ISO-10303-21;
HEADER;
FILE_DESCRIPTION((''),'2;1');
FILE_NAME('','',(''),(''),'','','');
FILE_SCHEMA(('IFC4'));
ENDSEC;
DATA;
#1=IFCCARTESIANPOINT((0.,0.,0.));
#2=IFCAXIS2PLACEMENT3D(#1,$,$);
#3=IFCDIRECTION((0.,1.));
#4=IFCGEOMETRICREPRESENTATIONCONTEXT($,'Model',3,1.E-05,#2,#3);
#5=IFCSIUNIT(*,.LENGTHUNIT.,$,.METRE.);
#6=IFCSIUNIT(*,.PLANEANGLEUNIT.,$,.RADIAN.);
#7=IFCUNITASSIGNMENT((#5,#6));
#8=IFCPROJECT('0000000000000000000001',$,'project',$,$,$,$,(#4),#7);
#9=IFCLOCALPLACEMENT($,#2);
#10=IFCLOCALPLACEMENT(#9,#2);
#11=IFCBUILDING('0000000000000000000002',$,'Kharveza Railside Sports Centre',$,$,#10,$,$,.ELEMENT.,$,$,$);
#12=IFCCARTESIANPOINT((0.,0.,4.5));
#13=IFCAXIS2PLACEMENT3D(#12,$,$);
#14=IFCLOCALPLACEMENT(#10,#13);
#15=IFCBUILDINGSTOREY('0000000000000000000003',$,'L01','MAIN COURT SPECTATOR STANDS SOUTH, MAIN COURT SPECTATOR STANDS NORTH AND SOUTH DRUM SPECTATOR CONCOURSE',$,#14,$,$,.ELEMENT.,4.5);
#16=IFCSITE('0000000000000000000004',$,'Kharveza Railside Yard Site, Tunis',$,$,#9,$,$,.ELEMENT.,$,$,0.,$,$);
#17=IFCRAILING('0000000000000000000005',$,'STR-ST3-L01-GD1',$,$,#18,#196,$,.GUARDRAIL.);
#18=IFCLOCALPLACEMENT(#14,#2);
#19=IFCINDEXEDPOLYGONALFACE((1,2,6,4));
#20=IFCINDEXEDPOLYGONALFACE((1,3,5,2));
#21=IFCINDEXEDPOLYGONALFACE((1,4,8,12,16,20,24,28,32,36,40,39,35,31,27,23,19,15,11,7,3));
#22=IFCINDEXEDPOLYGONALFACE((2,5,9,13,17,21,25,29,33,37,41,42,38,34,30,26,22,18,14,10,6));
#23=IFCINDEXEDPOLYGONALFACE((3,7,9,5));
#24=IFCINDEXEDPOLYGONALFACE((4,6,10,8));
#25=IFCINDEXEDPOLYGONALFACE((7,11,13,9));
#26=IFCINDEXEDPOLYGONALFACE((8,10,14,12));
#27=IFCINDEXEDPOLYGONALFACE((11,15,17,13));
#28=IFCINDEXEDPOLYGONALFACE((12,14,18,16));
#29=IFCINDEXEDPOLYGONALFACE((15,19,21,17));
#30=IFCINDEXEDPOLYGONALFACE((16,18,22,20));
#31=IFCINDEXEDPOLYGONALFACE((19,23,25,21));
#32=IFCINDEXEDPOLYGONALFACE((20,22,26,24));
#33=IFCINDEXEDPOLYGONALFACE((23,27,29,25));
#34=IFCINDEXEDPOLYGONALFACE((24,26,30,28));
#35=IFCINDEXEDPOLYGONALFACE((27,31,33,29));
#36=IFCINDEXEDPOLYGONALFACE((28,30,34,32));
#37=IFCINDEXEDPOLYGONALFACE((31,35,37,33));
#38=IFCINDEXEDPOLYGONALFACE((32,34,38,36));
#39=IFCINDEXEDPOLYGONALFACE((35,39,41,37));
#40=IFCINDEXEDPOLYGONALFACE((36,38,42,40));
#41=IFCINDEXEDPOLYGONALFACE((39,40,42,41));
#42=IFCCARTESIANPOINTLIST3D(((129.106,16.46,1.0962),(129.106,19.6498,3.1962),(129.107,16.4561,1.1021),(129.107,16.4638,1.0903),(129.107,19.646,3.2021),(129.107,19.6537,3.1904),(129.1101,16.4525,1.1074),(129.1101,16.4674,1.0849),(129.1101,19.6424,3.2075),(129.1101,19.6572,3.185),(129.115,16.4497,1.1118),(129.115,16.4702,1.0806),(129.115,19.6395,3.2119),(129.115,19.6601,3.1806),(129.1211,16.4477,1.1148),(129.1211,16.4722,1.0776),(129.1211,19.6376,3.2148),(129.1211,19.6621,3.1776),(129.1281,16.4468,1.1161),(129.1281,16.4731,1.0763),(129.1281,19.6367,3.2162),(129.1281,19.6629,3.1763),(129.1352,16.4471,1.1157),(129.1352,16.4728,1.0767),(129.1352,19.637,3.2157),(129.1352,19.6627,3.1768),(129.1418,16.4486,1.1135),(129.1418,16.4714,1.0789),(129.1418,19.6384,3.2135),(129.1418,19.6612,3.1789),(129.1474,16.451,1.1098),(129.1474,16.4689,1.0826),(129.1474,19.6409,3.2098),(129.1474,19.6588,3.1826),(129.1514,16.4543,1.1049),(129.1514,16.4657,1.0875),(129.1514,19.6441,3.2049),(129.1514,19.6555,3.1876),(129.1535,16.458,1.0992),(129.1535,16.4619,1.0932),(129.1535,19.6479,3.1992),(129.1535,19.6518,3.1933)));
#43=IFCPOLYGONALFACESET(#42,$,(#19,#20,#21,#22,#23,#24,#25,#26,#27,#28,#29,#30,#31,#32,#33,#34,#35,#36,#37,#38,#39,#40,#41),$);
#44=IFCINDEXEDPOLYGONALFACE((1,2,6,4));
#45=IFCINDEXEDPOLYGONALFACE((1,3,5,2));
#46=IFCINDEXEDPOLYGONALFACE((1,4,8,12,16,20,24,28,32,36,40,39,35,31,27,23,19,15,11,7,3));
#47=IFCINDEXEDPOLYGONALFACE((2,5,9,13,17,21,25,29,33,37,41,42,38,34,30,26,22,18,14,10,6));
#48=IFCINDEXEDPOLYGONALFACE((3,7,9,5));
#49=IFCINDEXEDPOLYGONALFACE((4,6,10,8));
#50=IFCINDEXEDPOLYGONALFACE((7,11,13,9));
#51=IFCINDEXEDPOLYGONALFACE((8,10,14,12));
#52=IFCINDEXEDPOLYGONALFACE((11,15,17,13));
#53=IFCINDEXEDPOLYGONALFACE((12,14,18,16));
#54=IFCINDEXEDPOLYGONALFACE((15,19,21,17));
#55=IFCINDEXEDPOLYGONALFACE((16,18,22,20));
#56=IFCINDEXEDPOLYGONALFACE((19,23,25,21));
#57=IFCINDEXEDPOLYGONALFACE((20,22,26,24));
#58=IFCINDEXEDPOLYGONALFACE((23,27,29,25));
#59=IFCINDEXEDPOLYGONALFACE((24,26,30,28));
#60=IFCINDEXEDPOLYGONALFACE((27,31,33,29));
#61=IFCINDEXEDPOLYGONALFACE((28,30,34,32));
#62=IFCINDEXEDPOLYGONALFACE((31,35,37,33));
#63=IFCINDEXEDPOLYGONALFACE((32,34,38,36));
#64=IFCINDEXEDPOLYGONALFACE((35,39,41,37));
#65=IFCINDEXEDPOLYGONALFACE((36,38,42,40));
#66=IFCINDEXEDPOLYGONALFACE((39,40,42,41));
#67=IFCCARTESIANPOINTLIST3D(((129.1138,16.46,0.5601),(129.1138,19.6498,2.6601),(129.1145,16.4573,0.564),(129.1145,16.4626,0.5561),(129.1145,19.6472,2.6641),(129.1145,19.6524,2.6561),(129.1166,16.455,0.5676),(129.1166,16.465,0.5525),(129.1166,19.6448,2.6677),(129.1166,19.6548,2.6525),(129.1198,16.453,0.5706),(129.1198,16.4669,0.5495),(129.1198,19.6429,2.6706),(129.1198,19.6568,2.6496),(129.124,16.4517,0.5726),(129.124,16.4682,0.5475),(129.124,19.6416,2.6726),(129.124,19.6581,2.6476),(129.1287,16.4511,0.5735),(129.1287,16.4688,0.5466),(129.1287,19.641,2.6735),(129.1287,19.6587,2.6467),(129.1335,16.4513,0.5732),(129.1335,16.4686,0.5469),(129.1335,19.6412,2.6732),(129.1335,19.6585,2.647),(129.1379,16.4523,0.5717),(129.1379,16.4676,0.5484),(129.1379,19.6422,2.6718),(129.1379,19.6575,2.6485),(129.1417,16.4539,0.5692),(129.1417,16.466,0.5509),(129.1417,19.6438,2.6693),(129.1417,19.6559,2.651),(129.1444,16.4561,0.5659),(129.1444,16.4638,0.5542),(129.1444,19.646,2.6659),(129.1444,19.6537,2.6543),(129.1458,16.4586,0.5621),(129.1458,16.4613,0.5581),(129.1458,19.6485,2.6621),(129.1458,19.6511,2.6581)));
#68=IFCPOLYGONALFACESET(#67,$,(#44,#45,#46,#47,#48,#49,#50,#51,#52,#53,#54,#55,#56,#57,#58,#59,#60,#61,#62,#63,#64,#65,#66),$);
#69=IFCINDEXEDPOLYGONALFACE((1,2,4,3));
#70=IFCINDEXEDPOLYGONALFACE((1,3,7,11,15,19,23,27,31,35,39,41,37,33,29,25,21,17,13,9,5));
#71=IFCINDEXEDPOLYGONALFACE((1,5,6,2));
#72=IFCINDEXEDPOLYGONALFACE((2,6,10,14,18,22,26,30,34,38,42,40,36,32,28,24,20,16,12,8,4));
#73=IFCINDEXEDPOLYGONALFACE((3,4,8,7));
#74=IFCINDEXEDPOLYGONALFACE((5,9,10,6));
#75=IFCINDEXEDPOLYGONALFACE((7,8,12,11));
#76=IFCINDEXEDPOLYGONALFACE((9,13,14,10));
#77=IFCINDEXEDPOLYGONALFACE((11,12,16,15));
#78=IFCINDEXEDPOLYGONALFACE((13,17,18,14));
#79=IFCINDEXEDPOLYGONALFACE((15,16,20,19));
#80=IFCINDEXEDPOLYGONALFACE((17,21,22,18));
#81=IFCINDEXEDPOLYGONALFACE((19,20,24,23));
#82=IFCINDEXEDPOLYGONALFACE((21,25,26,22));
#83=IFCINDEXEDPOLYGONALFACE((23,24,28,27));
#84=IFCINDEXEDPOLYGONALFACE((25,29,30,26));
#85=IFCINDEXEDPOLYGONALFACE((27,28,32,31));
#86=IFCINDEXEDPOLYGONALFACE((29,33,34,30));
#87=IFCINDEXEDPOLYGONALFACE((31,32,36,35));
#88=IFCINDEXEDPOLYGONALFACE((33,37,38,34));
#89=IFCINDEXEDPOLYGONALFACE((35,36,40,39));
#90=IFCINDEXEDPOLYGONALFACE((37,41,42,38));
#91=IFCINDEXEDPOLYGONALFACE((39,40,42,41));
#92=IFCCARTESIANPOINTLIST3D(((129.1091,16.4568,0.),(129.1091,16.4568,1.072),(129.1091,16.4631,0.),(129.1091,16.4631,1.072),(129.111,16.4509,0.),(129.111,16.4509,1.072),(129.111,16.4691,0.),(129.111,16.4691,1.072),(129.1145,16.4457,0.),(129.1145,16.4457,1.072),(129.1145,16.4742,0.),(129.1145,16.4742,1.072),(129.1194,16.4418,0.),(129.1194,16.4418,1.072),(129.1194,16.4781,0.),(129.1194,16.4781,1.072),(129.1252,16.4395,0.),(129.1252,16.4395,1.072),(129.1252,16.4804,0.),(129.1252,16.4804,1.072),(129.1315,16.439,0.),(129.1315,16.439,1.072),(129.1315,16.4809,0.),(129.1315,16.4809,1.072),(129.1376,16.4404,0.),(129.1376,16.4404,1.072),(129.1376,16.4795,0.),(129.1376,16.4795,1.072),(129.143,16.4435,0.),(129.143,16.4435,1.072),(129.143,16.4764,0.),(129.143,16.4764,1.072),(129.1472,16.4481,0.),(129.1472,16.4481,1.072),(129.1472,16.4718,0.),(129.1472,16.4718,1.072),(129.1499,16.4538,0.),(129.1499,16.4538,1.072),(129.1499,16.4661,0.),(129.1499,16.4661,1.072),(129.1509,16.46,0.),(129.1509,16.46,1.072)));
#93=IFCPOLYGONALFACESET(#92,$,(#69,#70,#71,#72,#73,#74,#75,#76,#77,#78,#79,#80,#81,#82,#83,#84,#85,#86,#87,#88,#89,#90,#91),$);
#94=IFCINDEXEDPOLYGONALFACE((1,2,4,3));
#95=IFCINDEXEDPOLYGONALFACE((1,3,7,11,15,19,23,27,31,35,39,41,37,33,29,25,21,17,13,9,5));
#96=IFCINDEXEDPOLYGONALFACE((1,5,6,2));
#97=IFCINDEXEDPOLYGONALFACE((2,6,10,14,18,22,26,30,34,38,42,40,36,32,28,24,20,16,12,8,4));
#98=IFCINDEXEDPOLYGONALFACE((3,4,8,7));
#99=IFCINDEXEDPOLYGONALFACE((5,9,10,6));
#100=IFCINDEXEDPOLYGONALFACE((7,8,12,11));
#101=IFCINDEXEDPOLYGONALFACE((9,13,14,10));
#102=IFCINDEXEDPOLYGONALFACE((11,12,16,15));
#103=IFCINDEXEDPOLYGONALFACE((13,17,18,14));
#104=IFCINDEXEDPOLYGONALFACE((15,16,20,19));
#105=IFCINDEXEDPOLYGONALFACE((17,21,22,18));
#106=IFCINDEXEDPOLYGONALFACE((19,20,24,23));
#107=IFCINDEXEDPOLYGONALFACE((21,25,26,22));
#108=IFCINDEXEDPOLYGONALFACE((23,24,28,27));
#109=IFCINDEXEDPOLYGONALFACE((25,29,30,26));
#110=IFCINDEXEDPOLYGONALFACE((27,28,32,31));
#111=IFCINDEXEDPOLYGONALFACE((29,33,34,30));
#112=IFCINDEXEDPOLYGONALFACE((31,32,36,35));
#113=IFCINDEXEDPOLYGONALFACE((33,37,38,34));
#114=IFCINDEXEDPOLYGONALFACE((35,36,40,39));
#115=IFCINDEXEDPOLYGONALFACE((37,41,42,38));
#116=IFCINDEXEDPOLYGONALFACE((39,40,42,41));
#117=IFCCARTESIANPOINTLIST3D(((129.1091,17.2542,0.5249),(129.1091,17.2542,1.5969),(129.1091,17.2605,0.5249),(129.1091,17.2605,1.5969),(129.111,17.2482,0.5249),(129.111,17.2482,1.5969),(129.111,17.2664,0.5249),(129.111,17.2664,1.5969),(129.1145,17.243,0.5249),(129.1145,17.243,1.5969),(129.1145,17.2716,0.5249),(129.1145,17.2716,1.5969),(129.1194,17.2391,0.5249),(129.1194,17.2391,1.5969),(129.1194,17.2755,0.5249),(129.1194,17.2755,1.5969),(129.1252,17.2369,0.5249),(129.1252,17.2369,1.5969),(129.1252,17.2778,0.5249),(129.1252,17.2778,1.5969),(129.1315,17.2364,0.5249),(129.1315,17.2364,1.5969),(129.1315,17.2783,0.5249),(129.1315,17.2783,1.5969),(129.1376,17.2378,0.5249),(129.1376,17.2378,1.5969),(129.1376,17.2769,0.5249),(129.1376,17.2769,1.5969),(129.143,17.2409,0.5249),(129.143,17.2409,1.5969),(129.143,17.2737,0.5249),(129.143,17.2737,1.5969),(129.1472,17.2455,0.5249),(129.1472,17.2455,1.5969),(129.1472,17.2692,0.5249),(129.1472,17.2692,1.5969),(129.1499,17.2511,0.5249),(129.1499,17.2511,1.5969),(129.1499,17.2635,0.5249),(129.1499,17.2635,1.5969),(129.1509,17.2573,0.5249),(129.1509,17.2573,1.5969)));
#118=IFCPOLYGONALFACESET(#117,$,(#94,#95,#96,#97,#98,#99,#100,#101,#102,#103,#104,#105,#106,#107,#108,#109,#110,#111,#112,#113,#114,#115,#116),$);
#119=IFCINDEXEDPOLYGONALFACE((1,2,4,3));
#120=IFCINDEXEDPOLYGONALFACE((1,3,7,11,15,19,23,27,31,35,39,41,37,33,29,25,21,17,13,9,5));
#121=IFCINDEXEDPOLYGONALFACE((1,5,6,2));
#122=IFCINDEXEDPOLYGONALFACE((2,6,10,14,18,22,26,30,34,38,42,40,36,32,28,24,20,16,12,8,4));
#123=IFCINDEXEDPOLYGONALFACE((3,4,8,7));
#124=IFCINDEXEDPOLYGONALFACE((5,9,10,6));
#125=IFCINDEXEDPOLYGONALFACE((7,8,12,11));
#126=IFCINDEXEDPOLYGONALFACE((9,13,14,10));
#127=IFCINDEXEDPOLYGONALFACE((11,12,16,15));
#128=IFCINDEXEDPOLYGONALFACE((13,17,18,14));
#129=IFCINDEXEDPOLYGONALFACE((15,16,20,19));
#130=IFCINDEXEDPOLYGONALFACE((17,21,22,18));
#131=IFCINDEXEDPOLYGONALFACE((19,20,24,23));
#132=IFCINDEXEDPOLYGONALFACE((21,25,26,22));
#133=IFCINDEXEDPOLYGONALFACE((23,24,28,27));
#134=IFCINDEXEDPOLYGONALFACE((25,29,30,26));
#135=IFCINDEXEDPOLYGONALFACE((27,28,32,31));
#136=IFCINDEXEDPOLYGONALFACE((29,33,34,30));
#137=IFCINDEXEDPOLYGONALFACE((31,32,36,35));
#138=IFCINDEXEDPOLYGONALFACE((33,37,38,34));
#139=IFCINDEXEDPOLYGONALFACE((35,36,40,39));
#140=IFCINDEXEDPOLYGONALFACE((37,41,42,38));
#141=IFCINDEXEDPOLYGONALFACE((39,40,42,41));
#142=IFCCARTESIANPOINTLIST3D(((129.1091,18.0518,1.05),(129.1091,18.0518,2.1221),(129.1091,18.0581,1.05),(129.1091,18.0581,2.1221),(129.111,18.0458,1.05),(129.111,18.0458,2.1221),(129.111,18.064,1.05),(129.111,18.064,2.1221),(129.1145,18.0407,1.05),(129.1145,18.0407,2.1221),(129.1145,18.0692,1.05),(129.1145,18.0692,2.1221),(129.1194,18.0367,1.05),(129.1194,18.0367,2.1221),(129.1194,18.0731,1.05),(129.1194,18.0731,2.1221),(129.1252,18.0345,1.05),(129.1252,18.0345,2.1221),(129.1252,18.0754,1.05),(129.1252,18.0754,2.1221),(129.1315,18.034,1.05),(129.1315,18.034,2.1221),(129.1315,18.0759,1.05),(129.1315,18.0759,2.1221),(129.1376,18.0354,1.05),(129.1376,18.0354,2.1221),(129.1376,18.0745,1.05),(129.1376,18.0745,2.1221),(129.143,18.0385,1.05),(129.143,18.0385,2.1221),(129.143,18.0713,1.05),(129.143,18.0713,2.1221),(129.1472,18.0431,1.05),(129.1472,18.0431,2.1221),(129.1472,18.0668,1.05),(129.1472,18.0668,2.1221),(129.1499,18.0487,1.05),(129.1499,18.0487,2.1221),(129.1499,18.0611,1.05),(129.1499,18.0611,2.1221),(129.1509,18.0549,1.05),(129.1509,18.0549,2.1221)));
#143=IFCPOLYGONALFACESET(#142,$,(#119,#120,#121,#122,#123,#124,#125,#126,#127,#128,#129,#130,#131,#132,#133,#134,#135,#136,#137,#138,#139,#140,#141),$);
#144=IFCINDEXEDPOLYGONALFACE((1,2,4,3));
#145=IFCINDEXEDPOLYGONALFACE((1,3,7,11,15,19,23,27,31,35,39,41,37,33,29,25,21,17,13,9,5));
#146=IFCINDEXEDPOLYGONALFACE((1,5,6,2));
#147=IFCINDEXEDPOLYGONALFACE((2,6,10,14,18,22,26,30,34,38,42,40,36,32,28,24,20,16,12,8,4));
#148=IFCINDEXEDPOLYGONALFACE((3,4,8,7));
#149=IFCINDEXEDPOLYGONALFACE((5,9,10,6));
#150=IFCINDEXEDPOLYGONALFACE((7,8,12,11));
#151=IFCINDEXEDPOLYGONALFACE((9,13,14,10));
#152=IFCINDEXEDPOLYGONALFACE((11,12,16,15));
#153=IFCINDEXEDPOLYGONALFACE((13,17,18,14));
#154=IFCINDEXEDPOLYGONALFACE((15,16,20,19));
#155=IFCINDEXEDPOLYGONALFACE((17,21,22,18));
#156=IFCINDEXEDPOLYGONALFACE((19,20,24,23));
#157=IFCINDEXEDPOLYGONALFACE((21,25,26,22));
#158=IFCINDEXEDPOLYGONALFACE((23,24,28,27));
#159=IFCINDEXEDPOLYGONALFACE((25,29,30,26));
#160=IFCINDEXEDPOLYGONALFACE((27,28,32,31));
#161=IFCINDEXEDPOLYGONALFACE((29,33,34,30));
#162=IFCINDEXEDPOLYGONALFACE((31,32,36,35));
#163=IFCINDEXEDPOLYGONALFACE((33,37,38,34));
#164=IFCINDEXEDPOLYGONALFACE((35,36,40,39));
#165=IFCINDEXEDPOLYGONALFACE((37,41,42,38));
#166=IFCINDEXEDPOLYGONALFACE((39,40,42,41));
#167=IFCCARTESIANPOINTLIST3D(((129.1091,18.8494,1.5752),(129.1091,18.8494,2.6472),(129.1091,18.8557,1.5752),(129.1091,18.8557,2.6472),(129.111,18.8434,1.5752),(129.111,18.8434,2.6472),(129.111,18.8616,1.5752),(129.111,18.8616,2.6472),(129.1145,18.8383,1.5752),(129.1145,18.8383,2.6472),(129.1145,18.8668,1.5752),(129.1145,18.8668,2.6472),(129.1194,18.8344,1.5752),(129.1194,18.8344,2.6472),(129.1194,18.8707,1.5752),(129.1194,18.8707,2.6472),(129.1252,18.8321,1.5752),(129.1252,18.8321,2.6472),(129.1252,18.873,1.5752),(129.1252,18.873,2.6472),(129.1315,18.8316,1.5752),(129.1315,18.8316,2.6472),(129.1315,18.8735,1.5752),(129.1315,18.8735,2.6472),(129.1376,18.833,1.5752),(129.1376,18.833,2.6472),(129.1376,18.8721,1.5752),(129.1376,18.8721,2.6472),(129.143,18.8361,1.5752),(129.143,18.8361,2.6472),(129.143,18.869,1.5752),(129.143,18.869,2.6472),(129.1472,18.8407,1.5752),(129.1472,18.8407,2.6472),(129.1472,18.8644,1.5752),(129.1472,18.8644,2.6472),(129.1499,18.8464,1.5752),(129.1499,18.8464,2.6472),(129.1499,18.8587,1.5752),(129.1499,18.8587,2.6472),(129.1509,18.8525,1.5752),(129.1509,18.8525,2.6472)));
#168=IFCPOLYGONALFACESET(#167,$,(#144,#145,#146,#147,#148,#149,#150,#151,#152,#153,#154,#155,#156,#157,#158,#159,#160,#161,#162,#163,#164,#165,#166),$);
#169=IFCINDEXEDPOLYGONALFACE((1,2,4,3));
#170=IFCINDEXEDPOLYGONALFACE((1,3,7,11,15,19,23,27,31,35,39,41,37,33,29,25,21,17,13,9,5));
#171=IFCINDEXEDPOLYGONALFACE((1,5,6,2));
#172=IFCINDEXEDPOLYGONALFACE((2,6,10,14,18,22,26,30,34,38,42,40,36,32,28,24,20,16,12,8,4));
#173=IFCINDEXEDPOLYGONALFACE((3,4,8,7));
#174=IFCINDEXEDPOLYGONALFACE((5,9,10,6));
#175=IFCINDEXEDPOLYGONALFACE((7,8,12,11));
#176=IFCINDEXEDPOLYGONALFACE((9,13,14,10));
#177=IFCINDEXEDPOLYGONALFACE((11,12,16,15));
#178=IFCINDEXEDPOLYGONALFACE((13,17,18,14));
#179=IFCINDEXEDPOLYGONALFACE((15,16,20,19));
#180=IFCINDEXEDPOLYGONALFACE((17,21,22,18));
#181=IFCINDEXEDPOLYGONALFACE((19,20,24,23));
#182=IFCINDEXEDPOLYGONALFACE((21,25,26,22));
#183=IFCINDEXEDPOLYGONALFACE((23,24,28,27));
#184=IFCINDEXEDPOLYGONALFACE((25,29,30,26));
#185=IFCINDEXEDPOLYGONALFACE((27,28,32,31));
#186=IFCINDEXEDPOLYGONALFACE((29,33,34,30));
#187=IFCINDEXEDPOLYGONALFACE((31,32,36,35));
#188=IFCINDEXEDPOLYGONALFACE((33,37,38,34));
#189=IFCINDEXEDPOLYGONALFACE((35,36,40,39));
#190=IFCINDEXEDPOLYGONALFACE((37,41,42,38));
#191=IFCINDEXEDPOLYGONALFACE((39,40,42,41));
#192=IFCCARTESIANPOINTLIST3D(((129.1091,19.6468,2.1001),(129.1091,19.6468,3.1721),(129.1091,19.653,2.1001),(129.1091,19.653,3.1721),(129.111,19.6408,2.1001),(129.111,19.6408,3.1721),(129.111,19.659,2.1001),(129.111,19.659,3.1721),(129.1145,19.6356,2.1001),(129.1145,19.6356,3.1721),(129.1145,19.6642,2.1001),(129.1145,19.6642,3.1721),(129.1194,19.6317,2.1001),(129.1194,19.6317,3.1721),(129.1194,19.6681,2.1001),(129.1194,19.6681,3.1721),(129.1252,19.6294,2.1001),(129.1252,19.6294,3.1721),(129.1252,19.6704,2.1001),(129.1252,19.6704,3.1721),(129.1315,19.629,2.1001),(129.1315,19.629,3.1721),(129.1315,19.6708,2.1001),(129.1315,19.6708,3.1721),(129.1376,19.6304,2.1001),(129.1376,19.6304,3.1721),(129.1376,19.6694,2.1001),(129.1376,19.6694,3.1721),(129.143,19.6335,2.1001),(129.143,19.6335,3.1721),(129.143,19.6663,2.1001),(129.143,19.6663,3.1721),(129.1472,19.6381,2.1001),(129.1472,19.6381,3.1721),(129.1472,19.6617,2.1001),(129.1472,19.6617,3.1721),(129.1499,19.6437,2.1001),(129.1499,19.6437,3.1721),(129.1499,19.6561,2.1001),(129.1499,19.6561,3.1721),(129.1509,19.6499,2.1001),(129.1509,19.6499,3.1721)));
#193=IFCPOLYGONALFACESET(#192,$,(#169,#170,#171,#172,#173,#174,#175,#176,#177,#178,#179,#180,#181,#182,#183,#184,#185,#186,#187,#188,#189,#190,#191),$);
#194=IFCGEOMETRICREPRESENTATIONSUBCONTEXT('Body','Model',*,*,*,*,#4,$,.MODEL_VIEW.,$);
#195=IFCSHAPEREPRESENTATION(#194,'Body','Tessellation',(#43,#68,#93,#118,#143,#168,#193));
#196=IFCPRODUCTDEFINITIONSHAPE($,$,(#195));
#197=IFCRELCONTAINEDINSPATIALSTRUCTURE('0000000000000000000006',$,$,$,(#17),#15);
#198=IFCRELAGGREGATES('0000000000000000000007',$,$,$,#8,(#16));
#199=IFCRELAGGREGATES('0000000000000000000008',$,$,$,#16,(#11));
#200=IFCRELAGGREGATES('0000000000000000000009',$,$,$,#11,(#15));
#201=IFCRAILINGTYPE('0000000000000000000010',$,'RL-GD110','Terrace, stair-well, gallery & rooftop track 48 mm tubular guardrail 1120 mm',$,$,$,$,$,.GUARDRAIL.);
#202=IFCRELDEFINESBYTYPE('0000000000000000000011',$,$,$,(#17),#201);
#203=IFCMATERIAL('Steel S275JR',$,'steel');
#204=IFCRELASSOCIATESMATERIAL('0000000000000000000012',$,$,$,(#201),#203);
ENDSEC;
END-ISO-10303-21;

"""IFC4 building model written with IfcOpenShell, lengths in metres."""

from ifc_helpers import new_model, si_unit, direction, frame, origin, origin_2d, place, context, subcontext, project, spatial, circle, extrude, material, type_object, element, save


model = new_model("IFC4")

# Units and contexts
model_context = context("Model", 3, precision=1e-05, world=origin(), true_north=direction((0.0, 1.0)))
body_context = subcontext(model_context, "Body", "Model", "MODEL_VIEW")
ifc_project = project(units=[si_unit("LENGTHUNIT", "METRE"), si_unit("PLANEANGLEUNIT", "RADIAN")], contexts=[model_context])

# Site, building, storey
site_placement = place(None, origin())
site = spatial("IfcSite", under=ifc_project, at=site_placement, Name="Kharveza Railside Yard Site, Tunis", CompositionType="ELEMENT", RefElevation=0.0)
building_placement = place(site_placement, origin())
building = spatial("IfcBuilding", under=site, at=building_placement, Name="Kharveza Railside Sports Centre", CompositionType="ELEMENT")
storey_placement = place(building_placement, frame((0.0, 0.0, 4.5)))
storey = spatial("IfcBuildingStorey", under=building, at=storey_placement, Name="L01", Description="MAIN COURT SPECTATOR STANDS SOUTH, MAIN COURT SPECTATOR STANDS NORTH AND SOUTH DRUM SPECTATOR CONCOURSE", CompositionType="ELEMENT", Elevation=4.5)

# Railing
ifc_material_1 = material(Name="Steel S275JR", Category="steel")
railing_type_1 = type_object("IfcRailingType", Name="RL-GD110", Description="Terrace, stair-well, gallery & rooftop track 48 mm tubular guardrail 1120 mm", PredefinedType="GUARDRAIL", material=ifc_material_1)
railing_1_placement = place(storey_placement, frame((129.1299, 16.46, 0.0)))
element("IfcRailing", 1, at=railing_1_placement, inside=storey, type_object=railing_type_1, Name="STR-ST3-L01-GD1", PredefinedType="GUARDRAIL", context=body_context, shape_type="SweptSolid", body=[
    extrude(circle(Radius=0.0239, at=origin_2d()), frame((0.0, 0.0, 1.0962), z_axis=(0.0, 0.835242, 0.549882), x_axis=(-1.0, 0.0, 0.0)), (0.0, 0.0, 1.0), 3.8191),
    extrude(circle(Radius=0.0161, at=origin_2d()), frame((0.0, 0.0, 0.5601), z_axis=(0.0, 0.835242, 0.549882), x_axis=(-1.0, 0.0, 0.0)), (0.0, 0.0, 1.0), 3.8191),
    extrude(circle(Radius=0.021, at=origin_2d()), origin(), (0.0, 0.0, 1.0), 1.072),
    extrude(circle(Radius=0.021, at=origin_2d()), frame((0.0, 0.7974, 0.5249)), (0.0, 0.0, 1.0), 1.072),
    extrude(circle(Radius=0.021, at=origin_2d()), frame((0.0, 1.595, 1.05)), (0.0, 0.0, 1.0), 1.072),
    extrude(circle(Radius=0.021, at=origin_2d()), frame((0.0, 2.3926, 1.5752)), (0.0, 0.0, 1.0), 1.072),
    extrude(circle(Radius=0.021, at=origin_2d()), frame((0.0, 3.1899, 2.1001)), (0.0, 0.0, 1.0), 1.072),
])

save(model, "model.ifc")
